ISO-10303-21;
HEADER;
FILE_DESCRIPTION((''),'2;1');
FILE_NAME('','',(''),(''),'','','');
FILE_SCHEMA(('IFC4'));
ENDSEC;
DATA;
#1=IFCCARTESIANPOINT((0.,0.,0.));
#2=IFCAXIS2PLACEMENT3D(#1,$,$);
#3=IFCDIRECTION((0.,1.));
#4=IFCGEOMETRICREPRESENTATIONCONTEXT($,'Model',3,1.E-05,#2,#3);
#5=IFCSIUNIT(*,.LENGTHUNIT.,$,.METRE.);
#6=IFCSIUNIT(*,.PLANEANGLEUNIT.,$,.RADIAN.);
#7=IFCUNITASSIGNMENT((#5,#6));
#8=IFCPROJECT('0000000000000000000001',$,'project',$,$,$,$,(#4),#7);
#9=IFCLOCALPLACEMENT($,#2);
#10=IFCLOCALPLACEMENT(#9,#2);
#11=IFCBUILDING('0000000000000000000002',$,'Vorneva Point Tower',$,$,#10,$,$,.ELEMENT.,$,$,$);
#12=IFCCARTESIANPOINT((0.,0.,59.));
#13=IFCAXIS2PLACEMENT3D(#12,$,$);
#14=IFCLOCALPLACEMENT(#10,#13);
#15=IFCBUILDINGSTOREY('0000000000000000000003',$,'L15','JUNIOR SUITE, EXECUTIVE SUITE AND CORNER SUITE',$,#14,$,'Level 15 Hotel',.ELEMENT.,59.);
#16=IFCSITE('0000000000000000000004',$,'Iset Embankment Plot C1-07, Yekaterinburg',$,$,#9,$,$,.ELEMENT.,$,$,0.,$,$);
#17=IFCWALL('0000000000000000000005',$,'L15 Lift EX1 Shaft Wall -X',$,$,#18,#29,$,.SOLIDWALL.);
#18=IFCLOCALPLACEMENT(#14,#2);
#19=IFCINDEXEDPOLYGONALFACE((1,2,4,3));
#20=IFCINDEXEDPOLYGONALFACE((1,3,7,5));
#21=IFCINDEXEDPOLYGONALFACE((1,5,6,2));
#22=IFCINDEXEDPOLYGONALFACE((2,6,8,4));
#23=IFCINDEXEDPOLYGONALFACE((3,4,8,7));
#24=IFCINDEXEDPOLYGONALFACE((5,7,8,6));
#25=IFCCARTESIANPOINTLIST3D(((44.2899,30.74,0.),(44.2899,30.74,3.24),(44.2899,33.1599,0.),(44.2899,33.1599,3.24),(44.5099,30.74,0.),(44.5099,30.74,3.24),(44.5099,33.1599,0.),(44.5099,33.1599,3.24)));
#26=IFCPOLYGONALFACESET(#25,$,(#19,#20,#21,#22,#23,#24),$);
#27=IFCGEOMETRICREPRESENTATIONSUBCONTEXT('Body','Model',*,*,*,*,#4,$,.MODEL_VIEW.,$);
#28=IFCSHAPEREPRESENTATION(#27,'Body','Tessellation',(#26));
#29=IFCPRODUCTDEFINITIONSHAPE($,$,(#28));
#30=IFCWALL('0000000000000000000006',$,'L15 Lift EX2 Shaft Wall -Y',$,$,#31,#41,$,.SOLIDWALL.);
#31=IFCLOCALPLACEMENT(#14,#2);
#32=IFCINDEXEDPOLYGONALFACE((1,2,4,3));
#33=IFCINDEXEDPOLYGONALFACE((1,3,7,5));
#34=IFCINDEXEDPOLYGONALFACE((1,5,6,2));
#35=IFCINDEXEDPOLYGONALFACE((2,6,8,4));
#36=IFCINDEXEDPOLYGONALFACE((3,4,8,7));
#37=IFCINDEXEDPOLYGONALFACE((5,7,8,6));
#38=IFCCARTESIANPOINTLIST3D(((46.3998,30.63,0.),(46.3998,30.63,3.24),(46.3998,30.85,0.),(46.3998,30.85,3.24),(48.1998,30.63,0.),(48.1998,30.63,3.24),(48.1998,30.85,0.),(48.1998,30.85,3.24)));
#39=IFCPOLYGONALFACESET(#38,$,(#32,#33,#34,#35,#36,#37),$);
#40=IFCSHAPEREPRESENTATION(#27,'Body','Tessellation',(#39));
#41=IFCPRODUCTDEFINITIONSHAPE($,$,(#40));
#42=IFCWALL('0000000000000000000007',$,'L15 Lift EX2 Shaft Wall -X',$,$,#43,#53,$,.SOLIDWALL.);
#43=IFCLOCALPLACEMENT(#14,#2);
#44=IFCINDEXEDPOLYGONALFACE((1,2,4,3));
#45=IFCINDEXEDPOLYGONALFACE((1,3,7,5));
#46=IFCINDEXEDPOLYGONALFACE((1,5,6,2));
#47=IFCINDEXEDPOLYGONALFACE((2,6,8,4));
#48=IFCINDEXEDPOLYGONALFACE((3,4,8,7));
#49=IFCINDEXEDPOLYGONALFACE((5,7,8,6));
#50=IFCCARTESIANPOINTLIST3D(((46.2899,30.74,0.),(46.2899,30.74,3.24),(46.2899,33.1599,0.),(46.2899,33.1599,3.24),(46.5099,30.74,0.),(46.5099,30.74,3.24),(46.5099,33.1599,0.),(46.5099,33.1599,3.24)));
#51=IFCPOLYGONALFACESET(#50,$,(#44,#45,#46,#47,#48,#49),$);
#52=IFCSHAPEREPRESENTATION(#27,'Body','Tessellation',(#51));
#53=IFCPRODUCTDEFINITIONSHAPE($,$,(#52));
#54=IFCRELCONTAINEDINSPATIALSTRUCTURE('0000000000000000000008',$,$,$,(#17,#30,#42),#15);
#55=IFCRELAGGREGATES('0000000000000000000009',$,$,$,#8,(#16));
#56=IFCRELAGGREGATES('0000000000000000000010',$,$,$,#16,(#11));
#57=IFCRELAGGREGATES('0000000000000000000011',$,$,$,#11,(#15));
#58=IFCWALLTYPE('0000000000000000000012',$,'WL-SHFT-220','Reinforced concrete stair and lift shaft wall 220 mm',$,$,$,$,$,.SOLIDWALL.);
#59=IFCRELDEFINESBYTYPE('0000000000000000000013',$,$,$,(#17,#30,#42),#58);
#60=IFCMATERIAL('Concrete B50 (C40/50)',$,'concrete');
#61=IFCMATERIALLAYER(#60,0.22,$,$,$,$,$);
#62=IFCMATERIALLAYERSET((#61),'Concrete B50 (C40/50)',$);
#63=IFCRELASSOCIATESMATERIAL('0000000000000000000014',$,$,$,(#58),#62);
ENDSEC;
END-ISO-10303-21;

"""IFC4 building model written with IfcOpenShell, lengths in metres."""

from ifc_helpers import new_model, si_unit, direction, frame, frame_2d, origin, place, context, subcontext, project, spatial, rectangle, extrude, material, layer, layer_set, type_object, element, save


model = new_model("IFC4")

# Units and contexts
model_context = context("Model", 3, precision=1e-05, world=origin(), true_north=direction((0.0, 1.0)))
body_context = subcontext(model_context, "Body", "Model", "MODEL_VIEW")
ifc_project = project(units=[si_unit("LENGTHUNIT", "METRE"), si_unit("PLANEANGLEUNIT", "RADIAN")], contexts=[model_context])

# Site, building, storey
site_placement = place(None, origin())
site = spatial("IfcSite", under=ifc_project, at=site_placement, Name="Iset Embankment Plot C1-07, Yekaterinburg", CompositionType="ELEMENT", RefElevation=0.0)
building_placement = place(site_placement, origin())
building = spatial("IfcBuilding", under=site, at=building_placement, Name="Vorneva Point Tower", CompositionType="ELEMENT")
storey_placement = place(building_placement, frame((0.0, 0.0, 59.0)))
storey = spatial("IfcBuildingStorey", under=building, at=storey_placement, Name="L15", Description="JUNIOR SUITE, EXECUTIVE SUITE AND CORNER SUITE", LongName="Level 15 Hotel", CompositionType="ELEMENT", Elevation=59.0)

# Walls
ifc_material_1 = material(Name="Concrete B50 (C40/50)", Category="concrete")
ifc_layer_1 = layer(ifc_material_1, 0.22)
ifc_layer_set_1 = layer_set([ifc_layer_1], Name="Concrete B50 (C40/50)")
wall_type_1 = type_object("IfcWallType", Name="WL-SHFT-220", Description="Reinforced concrete stair and lift shaft wall 220 mm", PredefinedType="SOLIDWALL", material=ifc_layer_set_1)
wall_1_placement = place(storey_placement, frame((44.3999, 33.1599, 0.0), z_axis=(0.0, 0.0, 1.0), x_axis=(0.0, -1.0, 0.0)))
element("IfcWall", 1, at=wall_1_placement, inside=storey, type_object=wall_type_1, Name="L15 Lift EX1 Shaft Wall -X", PredefinedType="SOLIDWALL", context=body_context, shape_type="SweptSolid", body=[
    extrude(rectangle(XDim=2.4199, YDim=0.22, at=frame_2d((1.21, 0.0))), origin(), (0.0, 0.0, 1.0), 3.24),
])
wall_2_placement = place(storey_placement, frame((46.3999, 30.74, 0.0), z_axis=(0.0, 0.0, 1.0), x_axis=(1.0, 0.0, 0.0)))
element("IfcWall", 2, at=wall_2_placement, inside=storey, type_object=wall_type_1, Name="L15 Lift EX2 Shaft Wall -Y", PredefinedType="SOLIDWALL", context=body_context, shape_type="SweptSolid", body=[
    extrude(rectangle(XDim=1.8, YDim=0.22, at=frame_2d((0.8999, 0.0))), origin(), (0.0, 0.0, 1.0), 3.24),
])
wall_3_placement = place(storey_placement, frame((46.3999, 33.1599, 0.0), z_axis=(0.0, 0.0, 1.0), x_axis=(0.0, -1.0, 0.0)))
element("IfcWall", 3, at=wall_3_placement, inside=storey, type_object=wall_type_1, Name="L15 Lift EX2 Shaft Wall -X", PredefinedType="SOLIDWALL", context=body_context, shape_type="SweptSolid", body=[
    extrude(rectangle(XDim=2.4199, YDim=0.22, at=frame_2d((1.21, 0.0))), origin(), (0.0, 0.0, 1.0), 3.24),
])

save(model, "model.ifc")
